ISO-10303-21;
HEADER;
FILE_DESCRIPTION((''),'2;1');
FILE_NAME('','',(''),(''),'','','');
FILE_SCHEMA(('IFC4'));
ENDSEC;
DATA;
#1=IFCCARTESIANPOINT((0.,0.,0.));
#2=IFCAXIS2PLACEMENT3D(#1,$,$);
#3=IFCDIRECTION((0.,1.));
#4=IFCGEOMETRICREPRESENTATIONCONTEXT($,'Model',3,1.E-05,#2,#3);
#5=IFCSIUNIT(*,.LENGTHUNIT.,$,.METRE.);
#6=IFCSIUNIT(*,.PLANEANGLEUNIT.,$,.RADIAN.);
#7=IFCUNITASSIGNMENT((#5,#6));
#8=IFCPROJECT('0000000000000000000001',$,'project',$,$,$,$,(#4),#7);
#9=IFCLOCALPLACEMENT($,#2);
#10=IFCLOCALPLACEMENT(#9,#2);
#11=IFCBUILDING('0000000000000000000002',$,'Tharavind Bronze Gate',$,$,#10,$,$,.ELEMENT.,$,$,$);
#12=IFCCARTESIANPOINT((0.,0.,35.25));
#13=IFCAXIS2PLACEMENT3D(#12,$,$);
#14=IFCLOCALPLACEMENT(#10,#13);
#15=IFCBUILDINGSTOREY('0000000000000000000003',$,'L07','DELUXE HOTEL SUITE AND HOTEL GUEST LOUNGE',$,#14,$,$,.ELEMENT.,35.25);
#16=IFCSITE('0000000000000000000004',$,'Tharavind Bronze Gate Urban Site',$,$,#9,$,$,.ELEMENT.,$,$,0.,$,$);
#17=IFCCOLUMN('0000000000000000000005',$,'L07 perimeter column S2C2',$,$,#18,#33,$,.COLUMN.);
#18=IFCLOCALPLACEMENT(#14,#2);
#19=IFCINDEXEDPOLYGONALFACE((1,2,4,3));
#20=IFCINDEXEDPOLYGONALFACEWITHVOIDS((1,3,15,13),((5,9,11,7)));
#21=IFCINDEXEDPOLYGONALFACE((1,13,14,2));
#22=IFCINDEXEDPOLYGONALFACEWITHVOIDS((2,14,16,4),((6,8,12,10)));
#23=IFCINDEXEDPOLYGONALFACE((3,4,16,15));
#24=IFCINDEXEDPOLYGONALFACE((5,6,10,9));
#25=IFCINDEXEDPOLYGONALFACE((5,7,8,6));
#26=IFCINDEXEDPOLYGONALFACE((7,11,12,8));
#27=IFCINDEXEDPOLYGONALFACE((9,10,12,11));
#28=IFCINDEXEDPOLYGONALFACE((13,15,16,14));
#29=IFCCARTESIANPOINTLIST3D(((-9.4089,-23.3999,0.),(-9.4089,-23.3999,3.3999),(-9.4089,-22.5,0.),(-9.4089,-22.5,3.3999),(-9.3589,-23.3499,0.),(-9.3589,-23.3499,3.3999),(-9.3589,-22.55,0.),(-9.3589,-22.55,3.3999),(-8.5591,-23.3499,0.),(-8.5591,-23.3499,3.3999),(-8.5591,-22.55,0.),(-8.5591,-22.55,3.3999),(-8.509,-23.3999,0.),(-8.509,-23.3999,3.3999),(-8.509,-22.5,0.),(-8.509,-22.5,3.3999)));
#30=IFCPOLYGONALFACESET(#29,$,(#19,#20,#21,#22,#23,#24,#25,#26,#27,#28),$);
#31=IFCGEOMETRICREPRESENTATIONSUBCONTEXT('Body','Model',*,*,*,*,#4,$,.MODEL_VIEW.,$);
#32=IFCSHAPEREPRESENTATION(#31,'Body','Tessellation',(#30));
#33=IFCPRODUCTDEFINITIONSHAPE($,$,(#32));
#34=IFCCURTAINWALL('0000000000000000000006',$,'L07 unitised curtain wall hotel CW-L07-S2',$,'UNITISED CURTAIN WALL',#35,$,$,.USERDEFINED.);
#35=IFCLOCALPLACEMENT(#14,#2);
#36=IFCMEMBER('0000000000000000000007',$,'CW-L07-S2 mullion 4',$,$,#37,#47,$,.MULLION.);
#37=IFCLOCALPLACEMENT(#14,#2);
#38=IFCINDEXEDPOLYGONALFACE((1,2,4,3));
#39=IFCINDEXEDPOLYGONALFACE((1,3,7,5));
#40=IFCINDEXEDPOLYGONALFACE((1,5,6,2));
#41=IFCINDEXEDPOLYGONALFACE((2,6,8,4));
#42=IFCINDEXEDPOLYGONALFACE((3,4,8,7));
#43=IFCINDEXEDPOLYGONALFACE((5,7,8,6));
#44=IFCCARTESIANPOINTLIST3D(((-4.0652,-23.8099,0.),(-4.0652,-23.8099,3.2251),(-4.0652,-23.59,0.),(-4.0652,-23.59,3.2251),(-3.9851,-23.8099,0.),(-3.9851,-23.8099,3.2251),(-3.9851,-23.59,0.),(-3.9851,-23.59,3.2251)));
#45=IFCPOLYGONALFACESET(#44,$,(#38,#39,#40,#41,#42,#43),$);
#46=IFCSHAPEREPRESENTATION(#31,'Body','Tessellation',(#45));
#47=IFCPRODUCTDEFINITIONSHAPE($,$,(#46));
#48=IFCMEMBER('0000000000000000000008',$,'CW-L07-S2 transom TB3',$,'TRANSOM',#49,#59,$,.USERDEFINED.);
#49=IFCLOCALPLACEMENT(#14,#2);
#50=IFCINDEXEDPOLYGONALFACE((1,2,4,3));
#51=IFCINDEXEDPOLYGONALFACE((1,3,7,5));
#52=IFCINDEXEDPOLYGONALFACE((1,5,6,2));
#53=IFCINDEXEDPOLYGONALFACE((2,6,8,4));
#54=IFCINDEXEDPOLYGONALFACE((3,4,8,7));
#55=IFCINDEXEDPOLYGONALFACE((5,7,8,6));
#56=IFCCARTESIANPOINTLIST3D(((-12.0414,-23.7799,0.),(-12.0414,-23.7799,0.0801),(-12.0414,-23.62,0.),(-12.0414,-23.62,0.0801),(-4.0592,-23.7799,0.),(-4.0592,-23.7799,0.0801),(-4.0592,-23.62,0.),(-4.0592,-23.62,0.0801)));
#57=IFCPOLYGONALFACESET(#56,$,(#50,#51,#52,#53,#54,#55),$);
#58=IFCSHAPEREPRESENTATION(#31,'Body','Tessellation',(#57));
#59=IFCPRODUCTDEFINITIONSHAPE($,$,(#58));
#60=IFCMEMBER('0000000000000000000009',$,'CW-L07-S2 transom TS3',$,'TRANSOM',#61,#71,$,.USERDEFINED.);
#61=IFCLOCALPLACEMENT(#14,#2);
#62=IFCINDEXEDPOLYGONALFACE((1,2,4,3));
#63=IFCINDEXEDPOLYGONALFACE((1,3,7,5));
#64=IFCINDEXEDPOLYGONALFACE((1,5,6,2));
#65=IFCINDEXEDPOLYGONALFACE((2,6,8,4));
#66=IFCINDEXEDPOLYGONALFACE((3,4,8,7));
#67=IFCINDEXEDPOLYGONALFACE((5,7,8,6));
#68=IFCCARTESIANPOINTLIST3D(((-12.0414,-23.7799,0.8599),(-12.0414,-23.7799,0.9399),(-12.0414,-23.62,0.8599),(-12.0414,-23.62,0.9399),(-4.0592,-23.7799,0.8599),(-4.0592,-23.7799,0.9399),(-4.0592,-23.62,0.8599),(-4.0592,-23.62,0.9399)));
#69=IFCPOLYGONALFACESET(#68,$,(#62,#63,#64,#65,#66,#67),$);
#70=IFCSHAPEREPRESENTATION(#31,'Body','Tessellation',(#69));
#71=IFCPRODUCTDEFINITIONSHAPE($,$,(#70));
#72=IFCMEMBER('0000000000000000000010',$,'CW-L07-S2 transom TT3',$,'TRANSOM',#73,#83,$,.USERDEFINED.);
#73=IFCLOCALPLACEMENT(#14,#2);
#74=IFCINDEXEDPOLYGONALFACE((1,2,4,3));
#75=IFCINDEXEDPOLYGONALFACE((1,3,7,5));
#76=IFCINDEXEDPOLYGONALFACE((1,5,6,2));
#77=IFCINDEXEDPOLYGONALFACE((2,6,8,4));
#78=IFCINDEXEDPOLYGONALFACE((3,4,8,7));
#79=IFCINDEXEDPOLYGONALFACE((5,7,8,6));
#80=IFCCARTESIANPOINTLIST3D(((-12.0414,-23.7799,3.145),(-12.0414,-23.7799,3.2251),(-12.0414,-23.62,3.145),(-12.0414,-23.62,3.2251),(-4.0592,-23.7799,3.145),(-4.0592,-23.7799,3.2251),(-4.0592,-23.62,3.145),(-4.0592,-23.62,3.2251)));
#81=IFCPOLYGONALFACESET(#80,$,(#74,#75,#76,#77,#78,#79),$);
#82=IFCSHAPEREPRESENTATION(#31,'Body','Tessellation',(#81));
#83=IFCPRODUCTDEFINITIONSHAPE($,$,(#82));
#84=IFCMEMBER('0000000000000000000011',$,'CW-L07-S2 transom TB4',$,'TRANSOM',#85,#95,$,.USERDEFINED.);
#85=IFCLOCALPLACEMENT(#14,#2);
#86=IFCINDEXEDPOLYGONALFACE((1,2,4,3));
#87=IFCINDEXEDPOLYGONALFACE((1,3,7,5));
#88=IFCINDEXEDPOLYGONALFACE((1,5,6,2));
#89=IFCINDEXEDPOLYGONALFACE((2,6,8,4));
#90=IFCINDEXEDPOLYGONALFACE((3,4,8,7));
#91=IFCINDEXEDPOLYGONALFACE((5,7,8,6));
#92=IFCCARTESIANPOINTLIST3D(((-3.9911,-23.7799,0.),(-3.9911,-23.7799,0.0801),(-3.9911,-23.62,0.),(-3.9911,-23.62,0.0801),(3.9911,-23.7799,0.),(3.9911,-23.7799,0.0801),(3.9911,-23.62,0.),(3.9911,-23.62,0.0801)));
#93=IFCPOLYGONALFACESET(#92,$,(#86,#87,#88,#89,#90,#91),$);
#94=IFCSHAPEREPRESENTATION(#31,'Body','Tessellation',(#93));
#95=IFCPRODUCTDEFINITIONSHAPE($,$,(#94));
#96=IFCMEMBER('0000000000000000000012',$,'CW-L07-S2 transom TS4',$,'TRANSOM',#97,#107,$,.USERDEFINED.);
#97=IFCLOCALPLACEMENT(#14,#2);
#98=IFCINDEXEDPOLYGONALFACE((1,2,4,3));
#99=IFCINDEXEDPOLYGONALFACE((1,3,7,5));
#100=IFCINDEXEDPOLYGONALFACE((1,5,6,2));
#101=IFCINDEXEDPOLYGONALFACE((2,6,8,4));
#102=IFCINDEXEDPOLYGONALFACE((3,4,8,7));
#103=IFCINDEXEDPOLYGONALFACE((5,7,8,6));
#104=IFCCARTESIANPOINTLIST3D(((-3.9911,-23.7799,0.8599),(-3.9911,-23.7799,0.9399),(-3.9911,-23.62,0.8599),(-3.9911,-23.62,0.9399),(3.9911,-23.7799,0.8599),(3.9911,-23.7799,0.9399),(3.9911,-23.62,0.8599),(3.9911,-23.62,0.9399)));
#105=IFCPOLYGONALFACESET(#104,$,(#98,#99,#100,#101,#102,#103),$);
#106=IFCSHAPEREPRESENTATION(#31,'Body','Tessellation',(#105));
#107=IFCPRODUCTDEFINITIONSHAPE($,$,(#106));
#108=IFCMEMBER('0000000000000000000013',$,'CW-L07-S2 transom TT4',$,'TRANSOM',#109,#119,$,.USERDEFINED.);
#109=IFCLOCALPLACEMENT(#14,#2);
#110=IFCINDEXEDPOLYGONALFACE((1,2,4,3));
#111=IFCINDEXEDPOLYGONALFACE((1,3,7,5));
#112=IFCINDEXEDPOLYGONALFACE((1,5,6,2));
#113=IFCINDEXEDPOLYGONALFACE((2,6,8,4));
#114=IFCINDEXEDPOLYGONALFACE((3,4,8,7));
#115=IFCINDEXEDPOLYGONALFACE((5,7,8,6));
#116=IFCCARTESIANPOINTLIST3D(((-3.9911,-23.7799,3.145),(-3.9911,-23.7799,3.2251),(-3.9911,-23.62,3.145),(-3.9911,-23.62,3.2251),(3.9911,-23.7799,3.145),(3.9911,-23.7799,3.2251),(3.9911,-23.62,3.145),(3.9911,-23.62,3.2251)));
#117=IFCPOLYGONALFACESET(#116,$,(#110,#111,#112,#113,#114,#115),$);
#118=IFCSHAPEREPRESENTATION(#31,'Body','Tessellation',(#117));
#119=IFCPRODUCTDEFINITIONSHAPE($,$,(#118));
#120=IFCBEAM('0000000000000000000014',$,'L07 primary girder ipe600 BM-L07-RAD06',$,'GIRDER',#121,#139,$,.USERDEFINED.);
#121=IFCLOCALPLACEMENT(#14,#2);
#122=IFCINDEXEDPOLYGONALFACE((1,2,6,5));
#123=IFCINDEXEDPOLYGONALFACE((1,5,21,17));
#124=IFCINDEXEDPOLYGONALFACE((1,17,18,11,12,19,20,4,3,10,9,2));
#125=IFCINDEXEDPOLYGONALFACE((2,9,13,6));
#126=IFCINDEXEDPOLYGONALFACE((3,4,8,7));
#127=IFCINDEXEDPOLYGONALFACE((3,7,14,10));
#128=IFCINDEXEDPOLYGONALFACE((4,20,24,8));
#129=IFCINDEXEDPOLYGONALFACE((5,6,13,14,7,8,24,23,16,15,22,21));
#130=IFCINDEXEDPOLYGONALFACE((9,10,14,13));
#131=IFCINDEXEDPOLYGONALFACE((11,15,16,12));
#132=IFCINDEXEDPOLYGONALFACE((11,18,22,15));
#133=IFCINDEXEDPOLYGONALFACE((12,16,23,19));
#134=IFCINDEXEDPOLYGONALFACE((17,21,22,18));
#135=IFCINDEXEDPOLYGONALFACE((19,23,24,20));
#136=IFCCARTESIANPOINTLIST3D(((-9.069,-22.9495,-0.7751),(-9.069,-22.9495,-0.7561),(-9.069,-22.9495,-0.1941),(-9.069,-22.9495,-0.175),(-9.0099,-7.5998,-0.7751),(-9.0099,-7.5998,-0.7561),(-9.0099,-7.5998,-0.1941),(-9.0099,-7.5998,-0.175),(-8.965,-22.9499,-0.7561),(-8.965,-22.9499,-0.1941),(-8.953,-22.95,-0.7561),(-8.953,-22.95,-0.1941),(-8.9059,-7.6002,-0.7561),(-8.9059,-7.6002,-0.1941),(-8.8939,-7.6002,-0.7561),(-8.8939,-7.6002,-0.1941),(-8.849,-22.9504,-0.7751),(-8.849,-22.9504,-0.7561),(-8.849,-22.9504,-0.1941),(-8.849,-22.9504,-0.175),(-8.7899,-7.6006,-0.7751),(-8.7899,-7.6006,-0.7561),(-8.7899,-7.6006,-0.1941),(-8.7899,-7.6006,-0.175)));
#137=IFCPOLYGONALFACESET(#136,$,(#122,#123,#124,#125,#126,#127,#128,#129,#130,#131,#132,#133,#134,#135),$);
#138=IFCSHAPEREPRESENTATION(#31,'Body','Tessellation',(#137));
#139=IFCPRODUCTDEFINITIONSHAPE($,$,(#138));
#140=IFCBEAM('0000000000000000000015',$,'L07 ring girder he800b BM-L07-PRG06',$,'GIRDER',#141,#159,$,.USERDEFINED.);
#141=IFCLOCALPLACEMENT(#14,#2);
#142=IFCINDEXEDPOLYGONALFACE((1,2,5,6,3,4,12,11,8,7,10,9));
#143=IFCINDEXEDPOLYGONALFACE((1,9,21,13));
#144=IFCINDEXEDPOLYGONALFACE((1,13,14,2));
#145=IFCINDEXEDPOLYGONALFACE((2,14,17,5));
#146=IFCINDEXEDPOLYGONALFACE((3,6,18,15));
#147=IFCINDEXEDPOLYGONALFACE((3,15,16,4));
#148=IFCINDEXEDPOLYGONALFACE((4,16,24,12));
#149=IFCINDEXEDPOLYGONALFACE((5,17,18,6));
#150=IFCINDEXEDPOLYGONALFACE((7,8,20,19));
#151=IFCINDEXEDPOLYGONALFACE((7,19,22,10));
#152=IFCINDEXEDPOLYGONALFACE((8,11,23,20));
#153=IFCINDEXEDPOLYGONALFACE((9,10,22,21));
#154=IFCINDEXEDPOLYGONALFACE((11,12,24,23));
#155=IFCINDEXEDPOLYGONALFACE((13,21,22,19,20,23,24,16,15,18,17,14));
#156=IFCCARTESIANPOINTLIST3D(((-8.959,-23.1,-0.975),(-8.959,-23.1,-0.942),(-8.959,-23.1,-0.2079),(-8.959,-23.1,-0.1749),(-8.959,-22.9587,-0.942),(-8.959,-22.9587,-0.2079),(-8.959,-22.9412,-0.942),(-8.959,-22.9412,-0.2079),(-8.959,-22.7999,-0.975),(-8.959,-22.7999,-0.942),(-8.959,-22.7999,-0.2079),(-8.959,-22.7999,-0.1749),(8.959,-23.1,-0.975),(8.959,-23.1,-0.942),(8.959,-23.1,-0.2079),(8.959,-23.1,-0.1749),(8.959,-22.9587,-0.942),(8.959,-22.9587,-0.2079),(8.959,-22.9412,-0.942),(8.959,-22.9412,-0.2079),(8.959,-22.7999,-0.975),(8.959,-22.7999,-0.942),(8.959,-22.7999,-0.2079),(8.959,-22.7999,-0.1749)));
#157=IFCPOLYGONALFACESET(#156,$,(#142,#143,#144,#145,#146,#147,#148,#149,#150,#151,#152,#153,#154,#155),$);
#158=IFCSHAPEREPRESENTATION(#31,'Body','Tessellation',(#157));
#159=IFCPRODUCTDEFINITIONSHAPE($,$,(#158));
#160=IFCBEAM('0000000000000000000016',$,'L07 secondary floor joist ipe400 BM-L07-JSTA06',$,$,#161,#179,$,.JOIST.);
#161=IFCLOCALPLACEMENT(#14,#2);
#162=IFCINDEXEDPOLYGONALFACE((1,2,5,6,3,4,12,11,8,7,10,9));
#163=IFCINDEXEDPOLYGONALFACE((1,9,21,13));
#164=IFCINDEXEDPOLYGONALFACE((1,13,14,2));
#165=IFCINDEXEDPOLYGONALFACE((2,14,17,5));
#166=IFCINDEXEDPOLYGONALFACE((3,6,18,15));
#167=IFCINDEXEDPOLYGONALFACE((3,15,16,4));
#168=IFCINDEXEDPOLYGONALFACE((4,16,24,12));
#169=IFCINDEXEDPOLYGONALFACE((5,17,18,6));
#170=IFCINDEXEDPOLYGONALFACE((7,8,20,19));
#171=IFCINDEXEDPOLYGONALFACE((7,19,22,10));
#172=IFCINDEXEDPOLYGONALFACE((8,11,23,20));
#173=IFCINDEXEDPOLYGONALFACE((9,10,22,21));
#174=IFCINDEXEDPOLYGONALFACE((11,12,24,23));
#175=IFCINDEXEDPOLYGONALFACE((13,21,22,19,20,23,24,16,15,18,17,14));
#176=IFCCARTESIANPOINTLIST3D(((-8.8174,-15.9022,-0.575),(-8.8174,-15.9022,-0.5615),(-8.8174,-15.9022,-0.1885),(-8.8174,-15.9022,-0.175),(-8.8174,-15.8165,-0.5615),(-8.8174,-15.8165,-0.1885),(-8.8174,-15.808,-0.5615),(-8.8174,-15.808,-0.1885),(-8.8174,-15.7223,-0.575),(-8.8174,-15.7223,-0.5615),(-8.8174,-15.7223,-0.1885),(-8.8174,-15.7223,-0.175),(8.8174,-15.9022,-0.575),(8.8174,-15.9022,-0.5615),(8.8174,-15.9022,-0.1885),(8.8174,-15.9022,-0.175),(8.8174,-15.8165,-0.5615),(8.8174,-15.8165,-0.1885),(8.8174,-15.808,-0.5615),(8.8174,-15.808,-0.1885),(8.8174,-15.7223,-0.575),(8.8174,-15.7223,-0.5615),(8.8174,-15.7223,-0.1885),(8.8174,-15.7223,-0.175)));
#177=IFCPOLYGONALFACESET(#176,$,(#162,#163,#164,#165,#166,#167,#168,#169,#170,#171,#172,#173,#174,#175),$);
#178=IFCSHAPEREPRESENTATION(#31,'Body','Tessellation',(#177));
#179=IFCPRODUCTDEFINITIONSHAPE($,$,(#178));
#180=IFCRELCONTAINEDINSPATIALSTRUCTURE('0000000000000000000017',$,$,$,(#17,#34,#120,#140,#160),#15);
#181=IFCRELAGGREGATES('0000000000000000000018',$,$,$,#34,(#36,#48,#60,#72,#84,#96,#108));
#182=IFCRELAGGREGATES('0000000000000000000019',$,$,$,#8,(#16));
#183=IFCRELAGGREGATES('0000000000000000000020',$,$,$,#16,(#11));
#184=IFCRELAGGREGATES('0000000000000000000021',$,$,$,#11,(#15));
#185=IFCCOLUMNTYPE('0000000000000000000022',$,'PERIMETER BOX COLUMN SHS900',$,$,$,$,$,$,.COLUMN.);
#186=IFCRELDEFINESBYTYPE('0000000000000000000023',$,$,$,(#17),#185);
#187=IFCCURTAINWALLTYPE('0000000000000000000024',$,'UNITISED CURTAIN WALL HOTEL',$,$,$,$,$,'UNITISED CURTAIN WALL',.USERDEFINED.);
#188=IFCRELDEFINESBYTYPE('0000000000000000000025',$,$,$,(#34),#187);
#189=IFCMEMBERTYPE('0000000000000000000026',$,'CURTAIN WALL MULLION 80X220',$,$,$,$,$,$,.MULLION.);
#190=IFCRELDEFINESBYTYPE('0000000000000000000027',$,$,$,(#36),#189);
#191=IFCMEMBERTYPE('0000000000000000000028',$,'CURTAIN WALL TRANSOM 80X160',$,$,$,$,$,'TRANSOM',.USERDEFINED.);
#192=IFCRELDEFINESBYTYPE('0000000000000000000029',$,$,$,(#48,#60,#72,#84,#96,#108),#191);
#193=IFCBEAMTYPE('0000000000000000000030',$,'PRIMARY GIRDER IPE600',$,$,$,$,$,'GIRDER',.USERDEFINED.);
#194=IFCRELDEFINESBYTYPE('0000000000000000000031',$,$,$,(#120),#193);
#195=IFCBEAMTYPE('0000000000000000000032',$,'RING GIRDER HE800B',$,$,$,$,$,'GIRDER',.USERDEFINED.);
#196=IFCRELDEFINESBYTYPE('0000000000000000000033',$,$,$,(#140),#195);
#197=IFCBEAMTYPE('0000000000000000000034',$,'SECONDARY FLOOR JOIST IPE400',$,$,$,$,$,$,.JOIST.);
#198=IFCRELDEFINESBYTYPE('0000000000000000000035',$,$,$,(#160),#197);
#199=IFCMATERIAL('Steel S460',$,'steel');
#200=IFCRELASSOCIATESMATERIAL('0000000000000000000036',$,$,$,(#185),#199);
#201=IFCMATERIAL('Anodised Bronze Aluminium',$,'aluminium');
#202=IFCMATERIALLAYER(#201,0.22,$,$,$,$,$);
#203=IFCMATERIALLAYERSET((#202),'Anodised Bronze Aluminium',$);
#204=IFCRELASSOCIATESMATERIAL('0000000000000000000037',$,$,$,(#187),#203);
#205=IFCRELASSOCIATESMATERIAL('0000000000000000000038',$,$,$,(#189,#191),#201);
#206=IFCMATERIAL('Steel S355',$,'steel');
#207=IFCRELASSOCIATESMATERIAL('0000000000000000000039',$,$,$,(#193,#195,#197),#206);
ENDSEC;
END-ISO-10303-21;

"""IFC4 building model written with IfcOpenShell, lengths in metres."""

from ifc_helpers import new_model, si_unit, direction, frame, origin, origin_2d, place, context, subcontext, project, spatial, rectangle, hollow_rectangle, i_section, extrude, material, layer, layer_set, material_profile, profile_set, type_object, element, aggregate, save


model = new_model("IFC4")

# Units and contexts
model_context = context("Model", 3, precision=1e-05, world=origin(), true_north=direction((0.0, 1.0)))
body_context = subcontext(model_context, "Body", "Model", "MODEL_VIEW")
ifc_project = project(units=[si_unit("LENGTHUNIT", "METRE"), si_unit("PLANEANGLEUNIT", "RADIAN")], contexts=[model_context])

# Site, building, storey
site_placement = place(None, origin())
site = spatial("IfcSite", under=ifc_project, at=site_placement, Name="Tharavind Bronze Gate Urban Site", CompositionType="ELEMENT", RefElevation=0.0)
building_placement = place(site_placement, origin())
building = spatial("IfcBuilding", under=site, at=building_placement, Name="Tharavind Bronze Gate", CompositionType="ELEMENT")
storey_placement = place(building_placement, frame((0.0, 0.0, 35.25)))
storey = spatial("IfcBuildingStorey", under=building, at=storey_placement, Name="L07", Description="DELUXE HOTEL SUITE AND HOTEL GUEST LOUNGE", CompositionType="ELEMENT", Elevation=35.25)

# Column
ifc_material_1 = material(Name="Steel S460", Category="steel")
ifc_material_profile_1 = material_profile(ifc_material_1, hollow_rectangle(XDim=0.8999, YDim=0.8999, WallThickness=0.05, at=origin_2d()), Name="SHS900X50")
ifc_profile_set_1 = profile_set([ifc_material_profile_1], Name="Steel S460")
column_type = type_object("IfcColumnType", Name="PERIMETER BOX COLUMN SHS900", PredefinedType="COLUMN", material=ifc_profile_set_1)
column_placement = place(storey_placement, frame((-8.959, -22.95, 0.0), z_axis=(0.0, 0.0, 1.0), x_axis=(1.0, 0.0, 0.0)))
element("IfcColumn", 1, at=column_placement, inside=storey, type_object=column_type, Name="L07 perimeter column S2C2", PredefinedType="COLUMN", context=body_context, shape_type="SweptSolid", body=[
    extrude(hollow_rectangle(XDim=0.8999, YDim=0.8999, WallThickness=0.05, at=origin_2d()), origin(), (0.0, 0.0, 1.0), 3.3999),
])

# Curtain wall, members
ifc_material_2 = material(Name="Anodised Bronze Aluminium", Category="aluminium")
ifc_layer_1 = layer(ifc_material_2, 0.22)
ifc_layer_set_1 = layer_set([ifc_layer_1], Name="Anodised Bronze Aluminium")
curtain_wall_type = type_object("IfcCurtainWallType", Name="UNITISED CURTAIN WALL HOTEL", ElementType="UNITISED CURTAIN WALL", PredefinedType="USERDEFINED", material=ifc_layer_set_1)
curtain_wall_placement = place(storey_placement, origin())
curtain_wall = element("IfcCurtainWall", 2, at=curtain_wall_placement, inside=storey, type_object=curtain_wall_type, Name="L07 unitised curtain wall hotel CW-L07-S2", ObjectType="UNITISED CURTAIN WALL", PredefinedType="USERDEFINED")
member_type_1 = type_object("IfcMemberType", Name="CURTAIN WALL MULLION 80X220", PredefinedType="MULLION", material=ifc_material_2)
member_1_placement = place(storey_placement, frame((-4.0251, -23.7, 0.0), z_axis=(0.0, 0.0, 1.0), x_axis=(1.0, 0.0, 0.0)))
member_1 = element("IfcMember", 3, at=member_1_placement, type_object=member_type_1, Name="CW-L07-S2 mullion 4", PredefinedType="MULLION", context=body_context, shape_type="SweptSolid", body=[
    extrude(rectangle(XDim=0.0801, YDim=0.22, at=origin_2d()), origin(), (0.0, 0.0, 1.0), 3.2251),
])
member_type_2 = type_object("IfcMemberType", Name="CURTAIN WALL TRANSOM 80X160", ElementType="TRANSOM", PredefinedType="USERDEFINED", material=ifc_material_2)
member_2_placement = place(storey_placement, frame((-8.0503, -23.7, 0.0), z_axis=(0.0, 0.0, 1.0), x_axis=(1.0, 0.0, 0.0)))
member_2 = element("IfcMember", 4, at=member_2_placement, type_object=member_type_2, Name="CW-L07-S2 transom TB3", ObjectType="TRANSOM", PredefinedType="USERDEFINED", context=body_context, shape_type="SweptSolid", body=[
    extrude(rectangle(XDim=7.9822, YDim=0.1599, at=origin_2d()), origin(), (0.0, 0.0, 1.0), 0.0801),
])
member_3_placement = place(storey_placement, frame((-8.0503, -23.7, 0.8599), z_axis=(0.0, 0.0, 1.0), x_axis=(1.0, 0.0, 0.0)))
member_3 = element("IfcMember", 5, at=member_3_placement, type_object=member_type_2, Name="CW-L07-S2 transom TS3", ObjectType="TRANSOM", PredefinedType="USERDEFINED", context=body_context, shape_type="SweptSolid", body=[
    extrude(rectangle(XDim=7.9822, YDim=0.1599, at=origin_2d()), origin(), (0.0, 0.0, 1.0), 0.0801),
])
member_4_placement = place(storey_placement, frame((-8.0503, -23.7, 3.145), z_axis=(0.0, 0.0, 1.0), x_axis=(1.0, 0.0, 0.0)))
member_4 = element("IfcMember", 6, at=member_4_placement, type_object=member_type_2, Name="CW-L07-S2 transom TT3", ObjectType="TRANSOM", PredefinedType="USERDEFINED", context=body_context, shape_type="SweptSolid", body=[
    extrude(rectangle(XDim=7.9822, YDim=0.1599, at=origin_2d()), origin(), (0.0, 0.0, 1.0), 0.0801),
])
member_5_placement = place(storey_placement, frame((0.0, -23.7, 0.0), z_axis=(0.0, 0.0, 1.0), x_axis=(1.0, 0.0, 0.0)))
member_5 = element("IfcMember", 7, at=member_5_placement, type_object=member_type_2, Name="CW-L07-S2 transom TB4", ObjectType="TRANSOM", PredefinedType="USERDEFINED", context=body_context, shape_type="SweptSolid", body=[
    extrude(rectangle(XDim=7.9822, YDim=0.1599, at=origin_2d()), origin(), (0.0, 0.0, 1.0), 0.0801),
])
member_6_placement = place(storey_placement, frame((0.0, -23.7, 0.8599), z_axis=(0.0, 0.0, 1.0), x_axis=(1.0, 0.0, 0.0)))
member_6 = element("IfcMember", 8, at=member_6_placement, type_object=member_type_2, Name="CW-L07-S2 transom TS4", ObjectType="TRANSOM", PredefinedType="USERDEFINED", context=body_context, shape_type="SweptSolid", body=[
    extrude(rectangle(XDim=7.9822, YDim=0.1599, at=origin_2d()), origin(), (0.0, 0.0, 1.0), 0.0801),
])
member_7_placement = place(storey_placement, frame((0.0, -23.7, 3.145), z_axis=(0.0, 0.0, 1.0), x_axis=(1.0, 0.0, 0.0)))
member_7 = element("IfcMember", 9, at=member_7_placement, type_object=member_type_2, Name="CW-L07-S2 transom TT4", ObjectType="TRANSOM", PredefinedType="USERDEFINED", context=body_context, shape_type="SweptSolid", body=[
    extrude(rectangle(XDim=7.9822, YDim=0.1599, at=origin_2d()), origin(), (0.0, 0.0, 1.0), 0.0801),
])

# Beams
ifc_material_3 = material(Name="Steel S355", Category="steel")
ifc_material_profile_2 = material_profile(ifc_material_3, i_section(OverallWidth=0.22, OverallDepth=0.6001, WebThickness=0.012, FlangeThickness=0.019, at=origin_2d()), Name="IPE600")
ifc_profile_set_2 = profile_set([ifc_material_profile_2], Name="Steel S355")
beam_type_1 = type_object("IfcBeamType", Name="PRIMARY GIRDER IPE600", ElementType="GIRDER", PredefinedType="USERDEFINED", material=ifc_profile_set_2)
beam_1_placement = place(storey_placement, frame((-8.959, -22.95, -0.4751), z_axis=(0.003849, 0.999993, 0.0), x_axis=(-0.999993, 0.003849, 0.0)))
element("IfcBeam", 10, at=beam_1_placement, inside=storey, type_object=beam_type_1, Name="L07 primary girder ipe600 BM-L07-RAD06", ObjectType="GIRDER", PredefinedType="USERDEFINED", context=body_context, shape_type="SweptSolid", body=[
    extrude(i_section(OverallWidth=0.22, OverallDepth=0.6001, WebThickness=0.012, FlangeThickness=0.019, at=origin_2d()), origin(), (0.0, 0.0, 1.0), 15.3499),
])
ifc_material_profile_3 = material_profile(ifc_material_3, i_section(OverallWidth=0.3, OverallDepth=0.8, WebThickness=0.0176, FlangeThickness=0.033, at=origin_2d()), Name="HE800B")
ifc_profile_set_3 = profile_set([ifc_material_profile_3], Name="Steel S355")
beam_type_2 = type_object("IfcBeamType", Name="RING GIRDER HE800B", ElementType="GIRDER", PredefinedType="USERDEFINED", material=ifc_profile_set_3)
beam_2_placement = place(storey_placement, frame((-8.959, -22.95, -0.575), z_axis=(1.0, 0.0, 0.0), x_axis=(0.0, 1.0, 0.0)))
element("IfcBeam", 11, at=beam_2_placement, inside=storey, type_object=beam_type_2, Name="L07 ring girder he800b BM-L07-PRG06", ObjectType="GIRDER", PredefinedType="USERDEFINED", context=body_context, shape_type="SweptSolid", body=[
    extrude(i_section(OverallWidth=0.3, OverallDepth=0.8, WebThickness=0.0176, FlangeThickness=0.033, at=origin_2d()), origin(), (0.0, 0.0, 1.0), 17.918),
])
ifc_material_profile_4 = material_profile(ifc_material_3, i_section(OverallWidth=0.1799, OverallDepth=0.3999, WebThickness=0.0085, FlangeThickness=0.0134, at=origin_2d()), Name="IPE400")
ifc_profile_set_4 = profile_set([ifc_material_profile_4], Name="Steel S355")
beam_type_3 = type_object("IfcBeamType", Name="SECONDARY FLOOR JOIST IPE400", PredefinedType="JOIST", material=ifc_profile_set_4)
beam_3_placement = place(storey_placement, frame((-8.8174, -15.8123, -0.375), z_axis=(1.0, 0.0, 0.0), x_axis=(0.0, 1.0, 0.0)))
element("IfcBeam", 12, at=beam_3_placement, inside=storey, type_object=beam_type_3, Name="L07 secondary floor joist ipe400 BM-L07-JSTA06", PredefinedType="JOIST", context=body_context, shape_type="SweptSolid", body=[
    extrude(i_section(OverallWidth=0.1799, OverallDepth=0.3999, WebThickness=0.0085, FlangeThickness=0.0134, at=origin_2d()), origin(), (0.0, 0.0, 1.0), 17.6348),
])

aggregate(curtain_wall, [member_1, member_2, member_3, member_4, member_5, member_6, member_7])

save(model, "model.ifc")
